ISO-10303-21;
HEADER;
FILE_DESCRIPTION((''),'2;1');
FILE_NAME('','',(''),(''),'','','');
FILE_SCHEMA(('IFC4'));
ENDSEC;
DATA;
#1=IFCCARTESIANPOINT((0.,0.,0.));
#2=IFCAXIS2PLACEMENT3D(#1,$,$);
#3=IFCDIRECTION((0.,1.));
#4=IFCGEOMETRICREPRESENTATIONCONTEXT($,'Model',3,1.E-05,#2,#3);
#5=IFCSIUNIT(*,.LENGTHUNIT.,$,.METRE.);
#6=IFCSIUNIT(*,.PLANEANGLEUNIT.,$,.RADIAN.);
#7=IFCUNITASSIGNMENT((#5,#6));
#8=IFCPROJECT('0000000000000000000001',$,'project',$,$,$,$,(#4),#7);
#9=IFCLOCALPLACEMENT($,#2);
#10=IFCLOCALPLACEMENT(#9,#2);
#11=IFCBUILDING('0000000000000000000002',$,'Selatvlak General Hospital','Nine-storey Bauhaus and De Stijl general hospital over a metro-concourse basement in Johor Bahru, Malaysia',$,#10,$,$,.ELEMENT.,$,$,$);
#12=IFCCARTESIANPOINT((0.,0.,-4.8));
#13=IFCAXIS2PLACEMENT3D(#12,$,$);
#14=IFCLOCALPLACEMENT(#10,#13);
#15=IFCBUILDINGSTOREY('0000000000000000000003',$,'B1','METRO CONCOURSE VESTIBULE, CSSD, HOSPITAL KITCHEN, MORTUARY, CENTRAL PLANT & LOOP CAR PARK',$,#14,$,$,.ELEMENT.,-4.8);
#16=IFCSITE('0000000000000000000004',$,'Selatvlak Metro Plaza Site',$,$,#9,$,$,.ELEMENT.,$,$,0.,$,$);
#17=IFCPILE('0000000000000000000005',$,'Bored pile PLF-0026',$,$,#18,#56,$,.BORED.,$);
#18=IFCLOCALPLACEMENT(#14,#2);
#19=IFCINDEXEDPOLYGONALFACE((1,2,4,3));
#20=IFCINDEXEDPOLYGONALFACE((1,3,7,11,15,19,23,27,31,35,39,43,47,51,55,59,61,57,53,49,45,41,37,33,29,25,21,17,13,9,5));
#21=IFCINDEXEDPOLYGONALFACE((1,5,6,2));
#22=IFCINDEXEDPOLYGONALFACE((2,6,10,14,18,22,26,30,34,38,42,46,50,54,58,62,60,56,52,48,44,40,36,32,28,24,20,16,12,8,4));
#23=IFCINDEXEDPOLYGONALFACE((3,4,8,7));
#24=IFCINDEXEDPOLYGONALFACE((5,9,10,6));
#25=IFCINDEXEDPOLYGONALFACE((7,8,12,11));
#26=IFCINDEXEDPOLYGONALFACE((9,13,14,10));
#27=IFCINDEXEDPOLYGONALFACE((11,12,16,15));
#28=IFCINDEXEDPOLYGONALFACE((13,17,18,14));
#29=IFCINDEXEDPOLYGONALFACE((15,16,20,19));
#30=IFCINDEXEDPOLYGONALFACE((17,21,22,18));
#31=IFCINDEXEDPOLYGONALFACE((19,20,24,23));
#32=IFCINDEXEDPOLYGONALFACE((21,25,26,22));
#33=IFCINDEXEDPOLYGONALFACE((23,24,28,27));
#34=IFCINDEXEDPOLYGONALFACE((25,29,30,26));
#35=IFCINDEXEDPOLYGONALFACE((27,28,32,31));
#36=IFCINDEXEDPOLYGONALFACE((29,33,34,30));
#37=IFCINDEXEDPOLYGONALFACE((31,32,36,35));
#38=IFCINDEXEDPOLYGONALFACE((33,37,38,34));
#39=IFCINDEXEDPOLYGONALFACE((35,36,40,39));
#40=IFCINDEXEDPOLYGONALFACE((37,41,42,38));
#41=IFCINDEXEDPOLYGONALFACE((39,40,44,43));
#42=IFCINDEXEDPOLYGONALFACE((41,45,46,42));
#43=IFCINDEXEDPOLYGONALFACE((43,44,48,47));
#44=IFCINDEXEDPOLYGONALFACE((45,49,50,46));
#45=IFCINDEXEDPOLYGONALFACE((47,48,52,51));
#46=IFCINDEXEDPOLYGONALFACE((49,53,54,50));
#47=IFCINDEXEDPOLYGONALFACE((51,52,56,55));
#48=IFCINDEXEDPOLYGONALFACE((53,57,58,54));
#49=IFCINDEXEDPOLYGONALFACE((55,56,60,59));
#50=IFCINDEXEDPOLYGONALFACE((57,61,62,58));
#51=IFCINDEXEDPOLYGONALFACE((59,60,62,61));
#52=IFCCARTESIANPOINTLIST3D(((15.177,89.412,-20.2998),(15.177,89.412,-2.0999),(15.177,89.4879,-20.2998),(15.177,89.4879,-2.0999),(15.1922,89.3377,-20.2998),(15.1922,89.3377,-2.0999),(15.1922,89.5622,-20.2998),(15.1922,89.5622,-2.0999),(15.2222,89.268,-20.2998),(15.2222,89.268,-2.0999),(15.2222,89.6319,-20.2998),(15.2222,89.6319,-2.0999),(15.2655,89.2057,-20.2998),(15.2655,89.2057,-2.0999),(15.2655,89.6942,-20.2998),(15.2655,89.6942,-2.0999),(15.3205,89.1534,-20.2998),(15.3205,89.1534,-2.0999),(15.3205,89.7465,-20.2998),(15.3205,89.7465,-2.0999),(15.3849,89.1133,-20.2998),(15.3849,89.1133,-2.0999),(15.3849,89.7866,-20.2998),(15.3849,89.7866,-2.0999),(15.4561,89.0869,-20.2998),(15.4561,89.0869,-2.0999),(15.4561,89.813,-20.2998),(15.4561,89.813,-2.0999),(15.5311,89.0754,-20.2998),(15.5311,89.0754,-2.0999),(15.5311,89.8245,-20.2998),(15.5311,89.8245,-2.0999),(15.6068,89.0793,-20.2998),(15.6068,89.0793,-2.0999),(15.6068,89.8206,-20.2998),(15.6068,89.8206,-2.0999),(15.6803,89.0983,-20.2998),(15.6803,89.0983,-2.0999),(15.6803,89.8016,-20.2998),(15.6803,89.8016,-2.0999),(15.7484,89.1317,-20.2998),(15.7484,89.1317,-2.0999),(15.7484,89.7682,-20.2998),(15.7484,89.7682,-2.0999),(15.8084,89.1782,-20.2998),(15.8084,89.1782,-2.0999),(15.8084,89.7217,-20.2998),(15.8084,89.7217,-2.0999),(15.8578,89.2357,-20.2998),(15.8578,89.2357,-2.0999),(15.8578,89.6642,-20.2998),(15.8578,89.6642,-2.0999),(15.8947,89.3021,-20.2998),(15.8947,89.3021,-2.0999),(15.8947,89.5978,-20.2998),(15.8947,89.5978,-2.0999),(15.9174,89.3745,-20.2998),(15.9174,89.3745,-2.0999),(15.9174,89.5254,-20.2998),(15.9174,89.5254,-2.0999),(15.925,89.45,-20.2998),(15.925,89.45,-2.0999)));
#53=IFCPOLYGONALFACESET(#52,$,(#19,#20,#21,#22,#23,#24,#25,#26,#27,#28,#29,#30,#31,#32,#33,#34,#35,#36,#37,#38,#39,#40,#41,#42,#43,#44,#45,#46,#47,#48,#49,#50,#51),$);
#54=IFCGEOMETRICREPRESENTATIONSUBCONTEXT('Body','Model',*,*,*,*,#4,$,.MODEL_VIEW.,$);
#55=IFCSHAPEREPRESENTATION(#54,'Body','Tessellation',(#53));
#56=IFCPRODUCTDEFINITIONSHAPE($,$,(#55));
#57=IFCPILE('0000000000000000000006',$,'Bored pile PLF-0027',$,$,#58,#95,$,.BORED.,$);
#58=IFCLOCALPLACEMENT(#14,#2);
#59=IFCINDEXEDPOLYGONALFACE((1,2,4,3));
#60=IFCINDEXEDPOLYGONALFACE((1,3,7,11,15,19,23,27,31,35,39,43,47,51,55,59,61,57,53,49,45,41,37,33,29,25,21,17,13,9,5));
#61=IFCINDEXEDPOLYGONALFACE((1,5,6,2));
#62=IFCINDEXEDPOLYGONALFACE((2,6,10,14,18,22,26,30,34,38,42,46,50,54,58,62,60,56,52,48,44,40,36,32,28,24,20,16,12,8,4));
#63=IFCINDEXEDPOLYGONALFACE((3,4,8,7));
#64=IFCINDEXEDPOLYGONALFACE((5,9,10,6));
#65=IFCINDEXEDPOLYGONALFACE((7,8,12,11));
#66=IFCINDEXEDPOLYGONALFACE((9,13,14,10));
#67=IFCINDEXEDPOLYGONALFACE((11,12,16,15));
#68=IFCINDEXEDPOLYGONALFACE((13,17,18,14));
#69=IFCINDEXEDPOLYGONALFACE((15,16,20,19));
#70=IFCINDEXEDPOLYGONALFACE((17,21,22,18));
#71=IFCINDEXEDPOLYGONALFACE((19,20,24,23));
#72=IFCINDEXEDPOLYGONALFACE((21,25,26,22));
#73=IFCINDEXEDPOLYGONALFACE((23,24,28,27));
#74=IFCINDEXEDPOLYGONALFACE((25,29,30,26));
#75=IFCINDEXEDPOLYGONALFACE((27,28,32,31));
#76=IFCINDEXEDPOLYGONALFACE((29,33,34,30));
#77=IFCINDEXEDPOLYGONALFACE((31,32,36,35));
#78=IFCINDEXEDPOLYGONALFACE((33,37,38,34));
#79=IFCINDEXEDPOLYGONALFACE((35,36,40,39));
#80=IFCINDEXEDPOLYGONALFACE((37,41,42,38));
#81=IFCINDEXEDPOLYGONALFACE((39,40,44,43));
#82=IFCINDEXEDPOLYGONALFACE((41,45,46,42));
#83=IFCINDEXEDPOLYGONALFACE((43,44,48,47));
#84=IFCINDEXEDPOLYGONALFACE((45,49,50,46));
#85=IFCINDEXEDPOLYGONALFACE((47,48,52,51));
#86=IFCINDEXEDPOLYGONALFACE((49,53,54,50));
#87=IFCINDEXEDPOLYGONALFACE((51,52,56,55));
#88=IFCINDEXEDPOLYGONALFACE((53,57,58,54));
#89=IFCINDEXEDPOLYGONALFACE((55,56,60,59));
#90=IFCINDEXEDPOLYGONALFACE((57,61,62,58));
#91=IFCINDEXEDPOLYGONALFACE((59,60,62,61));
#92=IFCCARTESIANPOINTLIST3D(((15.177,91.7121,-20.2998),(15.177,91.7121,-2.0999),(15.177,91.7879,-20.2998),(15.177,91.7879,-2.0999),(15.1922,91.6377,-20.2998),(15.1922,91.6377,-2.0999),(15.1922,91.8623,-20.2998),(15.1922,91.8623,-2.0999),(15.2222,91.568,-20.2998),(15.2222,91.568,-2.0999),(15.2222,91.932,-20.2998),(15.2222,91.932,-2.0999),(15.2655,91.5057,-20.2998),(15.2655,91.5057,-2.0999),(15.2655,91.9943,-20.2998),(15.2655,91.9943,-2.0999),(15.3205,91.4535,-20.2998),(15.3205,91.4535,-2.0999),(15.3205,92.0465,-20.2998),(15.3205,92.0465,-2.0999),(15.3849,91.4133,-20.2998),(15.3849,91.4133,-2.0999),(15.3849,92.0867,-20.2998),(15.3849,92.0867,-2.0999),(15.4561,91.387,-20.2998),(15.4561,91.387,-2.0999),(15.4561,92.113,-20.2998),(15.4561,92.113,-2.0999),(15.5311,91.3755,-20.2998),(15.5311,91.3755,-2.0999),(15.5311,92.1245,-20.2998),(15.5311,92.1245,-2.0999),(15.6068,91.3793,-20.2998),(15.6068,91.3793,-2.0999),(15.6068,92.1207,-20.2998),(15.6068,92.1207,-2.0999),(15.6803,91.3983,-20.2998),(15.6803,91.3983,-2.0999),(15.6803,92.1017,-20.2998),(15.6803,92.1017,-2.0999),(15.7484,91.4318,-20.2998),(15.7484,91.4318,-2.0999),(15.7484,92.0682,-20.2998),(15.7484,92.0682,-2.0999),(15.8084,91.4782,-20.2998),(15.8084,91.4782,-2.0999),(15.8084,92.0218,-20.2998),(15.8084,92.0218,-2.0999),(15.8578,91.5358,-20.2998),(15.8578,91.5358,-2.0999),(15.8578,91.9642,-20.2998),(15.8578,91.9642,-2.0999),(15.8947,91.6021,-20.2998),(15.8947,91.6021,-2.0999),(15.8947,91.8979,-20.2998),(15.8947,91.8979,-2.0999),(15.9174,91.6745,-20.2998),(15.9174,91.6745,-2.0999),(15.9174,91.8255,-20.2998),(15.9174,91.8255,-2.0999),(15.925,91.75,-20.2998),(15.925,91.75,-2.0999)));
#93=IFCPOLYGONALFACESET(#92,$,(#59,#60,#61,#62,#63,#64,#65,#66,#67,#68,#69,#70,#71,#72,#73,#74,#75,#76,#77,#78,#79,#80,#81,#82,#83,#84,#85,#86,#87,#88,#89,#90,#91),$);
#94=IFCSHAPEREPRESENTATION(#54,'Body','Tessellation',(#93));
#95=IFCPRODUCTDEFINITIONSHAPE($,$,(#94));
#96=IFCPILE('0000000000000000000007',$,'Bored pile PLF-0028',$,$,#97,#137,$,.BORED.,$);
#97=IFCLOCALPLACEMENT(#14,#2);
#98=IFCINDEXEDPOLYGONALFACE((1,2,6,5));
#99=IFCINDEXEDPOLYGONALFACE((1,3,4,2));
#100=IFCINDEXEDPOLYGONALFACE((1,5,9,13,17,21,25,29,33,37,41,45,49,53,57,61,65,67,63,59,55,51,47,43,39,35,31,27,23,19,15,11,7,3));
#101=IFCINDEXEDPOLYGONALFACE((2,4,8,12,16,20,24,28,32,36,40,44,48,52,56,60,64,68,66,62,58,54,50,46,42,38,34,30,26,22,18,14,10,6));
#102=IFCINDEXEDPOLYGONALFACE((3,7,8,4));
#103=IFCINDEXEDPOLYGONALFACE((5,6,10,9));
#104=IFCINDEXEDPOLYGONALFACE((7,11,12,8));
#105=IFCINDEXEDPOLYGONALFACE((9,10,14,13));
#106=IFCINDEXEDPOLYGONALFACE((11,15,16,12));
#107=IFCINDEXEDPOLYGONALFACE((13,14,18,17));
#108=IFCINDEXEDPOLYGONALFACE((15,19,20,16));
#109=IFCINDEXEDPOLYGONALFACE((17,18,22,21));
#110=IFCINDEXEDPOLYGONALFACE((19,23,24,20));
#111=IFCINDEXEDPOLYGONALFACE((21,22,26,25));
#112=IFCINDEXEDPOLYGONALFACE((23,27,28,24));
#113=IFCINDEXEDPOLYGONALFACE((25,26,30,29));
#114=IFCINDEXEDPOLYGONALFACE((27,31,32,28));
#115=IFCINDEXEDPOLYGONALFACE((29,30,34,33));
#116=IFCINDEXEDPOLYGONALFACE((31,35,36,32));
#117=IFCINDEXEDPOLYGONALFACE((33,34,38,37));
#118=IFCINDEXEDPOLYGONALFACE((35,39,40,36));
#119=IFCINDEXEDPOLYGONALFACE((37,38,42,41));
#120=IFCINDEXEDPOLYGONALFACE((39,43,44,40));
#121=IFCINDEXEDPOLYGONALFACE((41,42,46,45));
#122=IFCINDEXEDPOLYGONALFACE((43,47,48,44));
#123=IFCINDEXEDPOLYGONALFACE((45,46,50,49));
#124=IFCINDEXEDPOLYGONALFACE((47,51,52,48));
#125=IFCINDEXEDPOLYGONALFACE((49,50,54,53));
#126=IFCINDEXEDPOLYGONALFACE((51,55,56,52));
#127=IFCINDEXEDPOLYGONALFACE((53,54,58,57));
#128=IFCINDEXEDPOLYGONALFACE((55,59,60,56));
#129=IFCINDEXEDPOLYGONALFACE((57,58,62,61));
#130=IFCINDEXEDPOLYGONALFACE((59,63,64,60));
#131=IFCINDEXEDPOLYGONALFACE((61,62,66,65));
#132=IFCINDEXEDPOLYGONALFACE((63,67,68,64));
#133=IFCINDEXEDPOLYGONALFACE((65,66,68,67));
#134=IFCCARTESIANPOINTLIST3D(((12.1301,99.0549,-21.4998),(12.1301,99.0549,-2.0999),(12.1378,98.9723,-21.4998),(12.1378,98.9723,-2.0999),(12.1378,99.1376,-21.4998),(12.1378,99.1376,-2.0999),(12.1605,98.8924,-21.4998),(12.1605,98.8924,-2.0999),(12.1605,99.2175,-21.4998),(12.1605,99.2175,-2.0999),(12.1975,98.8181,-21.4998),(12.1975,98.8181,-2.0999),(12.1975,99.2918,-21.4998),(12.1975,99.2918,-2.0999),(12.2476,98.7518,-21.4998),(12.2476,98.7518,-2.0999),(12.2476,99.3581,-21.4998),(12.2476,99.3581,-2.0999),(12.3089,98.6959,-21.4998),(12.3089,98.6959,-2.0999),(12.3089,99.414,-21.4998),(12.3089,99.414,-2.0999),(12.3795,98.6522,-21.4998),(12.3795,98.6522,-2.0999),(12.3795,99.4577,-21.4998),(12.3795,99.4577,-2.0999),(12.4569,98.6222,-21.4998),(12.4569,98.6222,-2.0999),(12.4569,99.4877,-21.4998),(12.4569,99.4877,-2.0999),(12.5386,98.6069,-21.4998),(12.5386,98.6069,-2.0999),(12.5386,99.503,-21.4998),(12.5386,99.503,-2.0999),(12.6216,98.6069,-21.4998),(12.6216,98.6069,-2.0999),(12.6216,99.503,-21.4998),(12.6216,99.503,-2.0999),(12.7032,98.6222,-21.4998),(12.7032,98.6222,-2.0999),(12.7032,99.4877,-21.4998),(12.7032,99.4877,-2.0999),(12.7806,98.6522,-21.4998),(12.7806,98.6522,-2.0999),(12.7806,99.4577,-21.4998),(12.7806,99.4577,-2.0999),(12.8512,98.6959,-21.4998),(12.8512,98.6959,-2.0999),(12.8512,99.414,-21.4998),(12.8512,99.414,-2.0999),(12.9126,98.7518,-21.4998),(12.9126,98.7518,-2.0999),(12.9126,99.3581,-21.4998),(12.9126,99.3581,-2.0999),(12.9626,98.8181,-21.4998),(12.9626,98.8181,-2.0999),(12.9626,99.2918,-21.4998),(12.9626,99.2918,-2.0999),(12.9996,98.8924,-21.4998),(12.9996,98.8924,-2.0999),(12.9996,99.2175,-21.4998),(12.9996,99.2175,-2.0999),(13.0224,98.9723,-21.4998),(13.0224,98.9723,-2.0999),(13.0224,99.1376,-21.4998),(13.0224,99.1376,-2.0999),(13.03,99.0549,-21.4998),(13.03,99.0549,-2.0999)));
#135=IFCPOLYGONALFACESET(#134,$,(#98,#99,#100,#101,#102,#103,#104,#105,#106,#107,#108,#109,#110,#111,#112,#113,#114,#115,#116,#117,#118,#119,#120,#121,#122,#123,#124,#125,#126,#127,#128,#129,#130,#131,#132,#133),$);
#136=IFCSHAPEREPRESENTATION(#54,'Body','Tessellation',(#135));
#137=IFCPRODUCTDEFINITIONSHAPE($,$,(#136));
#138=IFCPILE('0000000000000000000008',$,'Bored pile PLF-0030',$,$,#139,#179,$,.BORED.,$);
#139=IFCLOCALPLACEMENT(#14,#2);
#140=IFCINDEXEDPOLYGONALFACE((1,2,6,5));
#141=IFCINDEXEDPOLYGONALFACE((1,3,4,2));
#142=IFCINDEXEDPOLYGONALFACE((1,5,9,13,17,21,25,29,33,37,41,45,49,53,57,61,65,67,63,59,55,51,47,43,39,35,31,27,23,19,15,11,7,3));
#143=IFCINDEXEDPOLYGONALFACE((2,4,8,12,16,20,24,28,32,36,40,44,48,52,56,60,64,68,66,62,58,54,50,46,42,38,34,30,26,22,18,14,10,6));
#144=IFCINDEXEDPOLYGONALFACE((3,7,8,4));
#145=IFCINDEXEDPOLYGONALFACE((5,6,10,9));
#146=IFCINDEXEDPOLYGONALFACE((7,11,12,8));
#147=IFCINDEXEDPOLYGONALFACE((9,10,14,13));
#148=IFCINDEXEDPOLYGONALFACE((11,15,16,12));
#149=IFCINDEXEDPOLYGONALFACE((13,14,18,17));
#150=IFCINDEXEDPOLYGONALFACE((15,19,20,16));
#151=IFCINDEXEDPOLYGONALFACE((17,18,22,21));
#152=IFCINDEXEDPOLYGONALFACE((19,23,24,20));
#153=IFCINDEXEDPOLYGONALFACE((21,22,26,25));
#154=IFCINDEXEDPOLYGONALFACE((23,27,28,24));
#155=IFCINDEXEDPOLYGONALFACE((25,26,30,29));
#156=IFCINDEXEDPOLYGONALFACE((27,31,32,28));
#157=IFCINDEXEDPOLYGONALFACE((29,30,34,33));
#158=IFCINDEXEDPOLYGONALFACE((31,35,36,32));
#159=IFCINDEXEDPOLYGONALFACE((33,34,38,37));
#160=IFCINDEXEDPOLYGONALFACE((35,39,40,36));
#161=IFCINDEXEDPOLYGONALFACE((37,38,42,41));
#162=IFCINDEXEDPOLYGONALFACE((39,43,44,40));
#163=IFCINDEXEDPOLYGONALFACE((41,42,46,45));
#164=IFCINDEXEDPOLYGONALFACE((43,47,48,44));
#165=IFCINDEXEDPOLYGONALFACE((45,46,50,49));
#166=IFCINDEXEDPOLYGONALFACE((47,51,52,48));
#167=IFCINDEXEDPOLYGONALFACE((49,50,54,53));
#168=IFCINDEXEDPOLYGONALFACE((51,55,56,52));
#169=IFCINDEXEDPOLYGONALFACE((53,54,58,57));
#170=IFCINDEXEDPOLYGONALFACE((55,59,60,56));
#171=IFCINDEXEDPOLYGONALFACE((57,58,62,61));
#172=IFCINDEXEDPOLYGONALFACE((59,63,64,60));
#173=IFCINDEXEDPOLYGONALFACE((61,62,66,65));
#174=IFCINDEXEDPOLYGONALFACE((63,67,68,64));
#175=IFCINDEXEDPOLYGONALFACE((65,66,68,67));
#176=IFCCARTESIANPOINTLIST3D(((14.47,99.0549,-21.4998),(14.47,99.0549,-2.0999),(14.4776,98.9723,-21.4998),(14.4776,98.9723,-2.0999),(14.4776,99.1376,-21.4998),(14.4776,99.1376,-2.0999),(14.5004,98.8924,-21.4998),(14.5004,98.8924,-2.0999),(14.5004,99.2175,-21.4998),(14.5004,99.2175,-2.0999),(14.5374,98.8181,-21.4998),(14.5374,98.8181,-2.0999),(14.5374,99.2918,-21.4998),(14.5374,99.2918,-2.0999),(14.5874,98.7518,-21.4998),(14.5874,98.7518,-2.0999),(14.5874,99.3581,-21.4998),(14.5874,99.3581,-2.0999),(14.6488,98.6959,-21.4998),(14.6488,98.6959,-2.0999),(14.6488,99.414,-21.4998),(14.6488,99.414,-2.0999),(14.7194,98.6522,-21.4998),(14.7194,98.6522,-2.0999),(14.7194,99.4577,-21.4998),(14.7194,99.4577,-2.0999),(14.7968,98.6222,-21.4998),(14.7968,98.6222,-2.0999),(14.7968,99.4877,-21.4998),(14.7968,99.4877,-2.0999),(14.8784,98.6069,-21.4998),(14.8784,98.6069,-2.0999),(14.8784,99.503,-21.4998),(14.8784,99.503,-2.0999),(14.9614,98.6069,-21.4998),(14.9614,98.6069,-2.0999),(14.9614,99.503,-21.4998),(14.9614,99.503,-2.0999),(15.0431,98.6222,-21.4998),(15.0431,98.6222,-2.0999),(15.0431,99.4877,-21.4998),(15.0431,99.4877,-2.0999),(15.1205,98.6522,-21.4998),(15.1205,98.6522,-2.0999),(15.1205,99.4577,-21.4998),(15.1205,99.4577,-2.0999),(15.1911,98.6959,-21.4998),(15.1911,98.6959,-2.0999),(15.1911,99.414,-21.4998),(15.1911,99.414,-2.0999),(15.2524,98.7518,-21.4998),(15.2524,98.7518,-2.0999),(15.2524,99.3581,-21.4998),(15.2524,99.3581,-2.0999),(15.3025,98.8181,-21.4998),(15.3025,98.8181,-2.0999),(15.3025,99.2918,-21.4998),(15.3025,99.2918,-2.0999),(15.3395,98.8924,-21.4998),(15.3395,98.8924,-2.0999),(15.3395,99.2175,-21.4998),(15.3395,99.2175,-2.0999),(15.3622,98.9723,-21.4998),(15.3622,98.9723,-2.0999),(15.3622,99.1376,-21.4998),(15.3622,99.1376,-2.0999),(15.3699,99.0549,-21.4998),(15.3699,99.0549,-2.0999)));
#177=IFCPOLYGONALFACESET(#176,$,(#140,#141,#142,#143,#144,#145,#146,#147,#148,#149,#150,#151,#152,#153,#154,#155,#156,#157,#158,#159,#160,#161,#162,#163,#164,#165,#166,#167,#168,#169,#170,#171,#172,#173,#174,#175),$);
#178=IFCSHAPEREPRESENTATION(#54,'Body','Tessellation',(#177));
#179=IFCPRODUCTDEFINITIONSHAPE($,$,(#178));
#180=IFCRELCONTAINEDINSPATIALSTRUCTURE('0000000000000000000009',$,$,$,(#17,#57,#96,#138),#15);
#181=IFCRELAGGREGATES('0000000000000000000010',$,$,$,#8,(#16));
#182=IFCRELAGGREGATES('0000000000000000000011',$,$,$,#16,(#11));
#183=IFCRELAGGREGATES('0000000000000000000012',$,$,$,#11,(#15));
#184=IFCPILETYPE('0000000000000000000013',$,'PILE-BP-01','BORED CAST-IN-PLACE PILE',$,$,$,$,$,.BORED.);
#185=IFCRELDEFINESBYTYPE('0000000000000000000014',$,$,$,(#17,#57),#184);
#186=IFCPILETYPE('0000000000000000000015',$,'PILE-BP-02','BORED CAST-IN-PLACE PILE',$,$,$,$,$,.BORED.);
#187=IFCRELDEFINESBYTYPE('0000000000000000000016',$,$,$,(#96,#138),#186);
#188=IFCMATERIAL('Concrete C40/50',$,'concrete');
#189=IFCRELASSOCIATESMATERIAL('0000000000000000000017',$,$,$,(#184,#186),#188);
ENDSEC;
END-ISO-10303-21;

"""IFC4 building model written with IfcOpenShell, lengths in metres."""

from ifc_helpers import new_model, si_unit, direction, frame, origin, origin_2d, place, context, subcontext, project, spatial, circle, extrude, material, material_profile, profile_set, type_object, element, save


model = new_model("IFC4")

# Units and contexts
model_context = context("Model", 3, precision=1e-05, world=origin(), true_north=direction((0.0, 1.0)))
body_context = subcontext(model_context, "Body", "Model", "MODEL_VIEW")
ifc_project = project(units=[si_unit("LENGTHUNIT", "METRE"), si_unit("PLANEANGLEUNIT", "RADIAN")], contexts=[model_context])

# Site, building, storey
site_placement = place(None, origin())
site = spatial("IfcSite", under=ifc_project, at=site_placement, Name="Selatvlak Metro Plaza Site", CompositionType="ELEMENT", RefElevation=0.0)
building_placement = place(site_placement, origin())
building = spatial("IfcBuilding", under=site, at=building_placement, Name="Selatvlak General Hospital", Description="Nine-storey Bauhaus and De Stijl general hospital over a metro-concourse basement in Johor Bahru, Malaysia", CompositionType="ELEMENT")
storey_placement = place(building_placement, frame((0.0, 0.0, -4.8)))
storey = spatial("IfcBuildingStorey", under=building, at=storey_placement, Name="B1", Description="METRO CONCOURSE VESTIBULE, CSSD, HOSPITAL KITCHEN, MORTUARY, CENTRAL PLANT & LOOP CAR PARK", CompositionType="ELEMENT", Elevation=-4.8)

# Shared definitions
ifc_material_1 = material(Name="Concrete C40/50", Category="concrete")

# Piles
ifc_material_profile_1 = material_profile(ifc_material_1, circle(Radius=0.375, at=origin_2d()), Name="BORED PILE 750")
ifc_profile_set_1 = profile_set([ifc_material_profile_1], Name="Concrete C40/50")
pile_type_1 = type_object("IfcPileType", Name="PILE-BP-01", Description="BORED CAST-IN-PLACE PILE", PredefinedType="BORED", material=ifc_profile_set_1)
for number, where, z_axis, x_axis, name in (
    (1, (15.55, 89.45, -2.0999), (0.0, 0.0, -1.0), (1.0, 0.0, 0.0), "Bored pile PLF-0026"),
    (2, (15.55, 91.75, -2.0999), (0.0, 0.0, -1.0), (1.0, 0.0, 0.0), "Bored pile PLF-0027"),
):
    element("IfcPile", number, at=place(storey_placement, frame(where, z_axis=z_axis, x_axis=x_axis)), inside=storey, type_object=pile_type_1, Name=name, PredefinedType="BORED", context=body_context, shape_type="SweptSolid", body=[
        extrude(circle(Radius=0.375, at=origin_2d()), origin(), (0.0, 0.0, 1.0), 18.2),
    ])
ifc_material_profile_2 = material_profile(ifc_material_1, circle(Radius=0.45, at=origin_2d()), Name="BORED PILE 900")
ifc_profile_set_2 = profile_set([ifc_material_profile_2], Name="Concrete C40/50")
pile_type_2 = type_object("IfcPileType", Name="PILE-BP-02", Description="BORED CAST-IN-PLACE PILE", PredefinedType="BORED", material=ifc_profile_set_2)
for number, where, z_axis, x_axis, name in (
    (3, (12.5801, 99.0549, -2.0999), (0.0, 0.0, -1.0), (1.0, 0.0, 0.0), "Bored pile PLF-0028"),
    (4, (14.9199, 99.0549, -2.0999), (0.0, 0.0, -1.0), (1.0, 0.0, 0.0), "Bored pile PLF-0030"),
):
    element("IfcPile", number, at=place(storey_placement, frame(where, z_axis=z_axis, x_axis=x_axis)), inside=storey, type_object=pile_type_2, Name=name, PredefinedType="BORED", context=body_context, shape_type="SweptSolid", body=[
        extrude(circle(Radius=0.45, at=origin_2d()), origin(), (0.0, 0.0, 1.0), 19.3999),
    ])

save(model, "model.ifc")
